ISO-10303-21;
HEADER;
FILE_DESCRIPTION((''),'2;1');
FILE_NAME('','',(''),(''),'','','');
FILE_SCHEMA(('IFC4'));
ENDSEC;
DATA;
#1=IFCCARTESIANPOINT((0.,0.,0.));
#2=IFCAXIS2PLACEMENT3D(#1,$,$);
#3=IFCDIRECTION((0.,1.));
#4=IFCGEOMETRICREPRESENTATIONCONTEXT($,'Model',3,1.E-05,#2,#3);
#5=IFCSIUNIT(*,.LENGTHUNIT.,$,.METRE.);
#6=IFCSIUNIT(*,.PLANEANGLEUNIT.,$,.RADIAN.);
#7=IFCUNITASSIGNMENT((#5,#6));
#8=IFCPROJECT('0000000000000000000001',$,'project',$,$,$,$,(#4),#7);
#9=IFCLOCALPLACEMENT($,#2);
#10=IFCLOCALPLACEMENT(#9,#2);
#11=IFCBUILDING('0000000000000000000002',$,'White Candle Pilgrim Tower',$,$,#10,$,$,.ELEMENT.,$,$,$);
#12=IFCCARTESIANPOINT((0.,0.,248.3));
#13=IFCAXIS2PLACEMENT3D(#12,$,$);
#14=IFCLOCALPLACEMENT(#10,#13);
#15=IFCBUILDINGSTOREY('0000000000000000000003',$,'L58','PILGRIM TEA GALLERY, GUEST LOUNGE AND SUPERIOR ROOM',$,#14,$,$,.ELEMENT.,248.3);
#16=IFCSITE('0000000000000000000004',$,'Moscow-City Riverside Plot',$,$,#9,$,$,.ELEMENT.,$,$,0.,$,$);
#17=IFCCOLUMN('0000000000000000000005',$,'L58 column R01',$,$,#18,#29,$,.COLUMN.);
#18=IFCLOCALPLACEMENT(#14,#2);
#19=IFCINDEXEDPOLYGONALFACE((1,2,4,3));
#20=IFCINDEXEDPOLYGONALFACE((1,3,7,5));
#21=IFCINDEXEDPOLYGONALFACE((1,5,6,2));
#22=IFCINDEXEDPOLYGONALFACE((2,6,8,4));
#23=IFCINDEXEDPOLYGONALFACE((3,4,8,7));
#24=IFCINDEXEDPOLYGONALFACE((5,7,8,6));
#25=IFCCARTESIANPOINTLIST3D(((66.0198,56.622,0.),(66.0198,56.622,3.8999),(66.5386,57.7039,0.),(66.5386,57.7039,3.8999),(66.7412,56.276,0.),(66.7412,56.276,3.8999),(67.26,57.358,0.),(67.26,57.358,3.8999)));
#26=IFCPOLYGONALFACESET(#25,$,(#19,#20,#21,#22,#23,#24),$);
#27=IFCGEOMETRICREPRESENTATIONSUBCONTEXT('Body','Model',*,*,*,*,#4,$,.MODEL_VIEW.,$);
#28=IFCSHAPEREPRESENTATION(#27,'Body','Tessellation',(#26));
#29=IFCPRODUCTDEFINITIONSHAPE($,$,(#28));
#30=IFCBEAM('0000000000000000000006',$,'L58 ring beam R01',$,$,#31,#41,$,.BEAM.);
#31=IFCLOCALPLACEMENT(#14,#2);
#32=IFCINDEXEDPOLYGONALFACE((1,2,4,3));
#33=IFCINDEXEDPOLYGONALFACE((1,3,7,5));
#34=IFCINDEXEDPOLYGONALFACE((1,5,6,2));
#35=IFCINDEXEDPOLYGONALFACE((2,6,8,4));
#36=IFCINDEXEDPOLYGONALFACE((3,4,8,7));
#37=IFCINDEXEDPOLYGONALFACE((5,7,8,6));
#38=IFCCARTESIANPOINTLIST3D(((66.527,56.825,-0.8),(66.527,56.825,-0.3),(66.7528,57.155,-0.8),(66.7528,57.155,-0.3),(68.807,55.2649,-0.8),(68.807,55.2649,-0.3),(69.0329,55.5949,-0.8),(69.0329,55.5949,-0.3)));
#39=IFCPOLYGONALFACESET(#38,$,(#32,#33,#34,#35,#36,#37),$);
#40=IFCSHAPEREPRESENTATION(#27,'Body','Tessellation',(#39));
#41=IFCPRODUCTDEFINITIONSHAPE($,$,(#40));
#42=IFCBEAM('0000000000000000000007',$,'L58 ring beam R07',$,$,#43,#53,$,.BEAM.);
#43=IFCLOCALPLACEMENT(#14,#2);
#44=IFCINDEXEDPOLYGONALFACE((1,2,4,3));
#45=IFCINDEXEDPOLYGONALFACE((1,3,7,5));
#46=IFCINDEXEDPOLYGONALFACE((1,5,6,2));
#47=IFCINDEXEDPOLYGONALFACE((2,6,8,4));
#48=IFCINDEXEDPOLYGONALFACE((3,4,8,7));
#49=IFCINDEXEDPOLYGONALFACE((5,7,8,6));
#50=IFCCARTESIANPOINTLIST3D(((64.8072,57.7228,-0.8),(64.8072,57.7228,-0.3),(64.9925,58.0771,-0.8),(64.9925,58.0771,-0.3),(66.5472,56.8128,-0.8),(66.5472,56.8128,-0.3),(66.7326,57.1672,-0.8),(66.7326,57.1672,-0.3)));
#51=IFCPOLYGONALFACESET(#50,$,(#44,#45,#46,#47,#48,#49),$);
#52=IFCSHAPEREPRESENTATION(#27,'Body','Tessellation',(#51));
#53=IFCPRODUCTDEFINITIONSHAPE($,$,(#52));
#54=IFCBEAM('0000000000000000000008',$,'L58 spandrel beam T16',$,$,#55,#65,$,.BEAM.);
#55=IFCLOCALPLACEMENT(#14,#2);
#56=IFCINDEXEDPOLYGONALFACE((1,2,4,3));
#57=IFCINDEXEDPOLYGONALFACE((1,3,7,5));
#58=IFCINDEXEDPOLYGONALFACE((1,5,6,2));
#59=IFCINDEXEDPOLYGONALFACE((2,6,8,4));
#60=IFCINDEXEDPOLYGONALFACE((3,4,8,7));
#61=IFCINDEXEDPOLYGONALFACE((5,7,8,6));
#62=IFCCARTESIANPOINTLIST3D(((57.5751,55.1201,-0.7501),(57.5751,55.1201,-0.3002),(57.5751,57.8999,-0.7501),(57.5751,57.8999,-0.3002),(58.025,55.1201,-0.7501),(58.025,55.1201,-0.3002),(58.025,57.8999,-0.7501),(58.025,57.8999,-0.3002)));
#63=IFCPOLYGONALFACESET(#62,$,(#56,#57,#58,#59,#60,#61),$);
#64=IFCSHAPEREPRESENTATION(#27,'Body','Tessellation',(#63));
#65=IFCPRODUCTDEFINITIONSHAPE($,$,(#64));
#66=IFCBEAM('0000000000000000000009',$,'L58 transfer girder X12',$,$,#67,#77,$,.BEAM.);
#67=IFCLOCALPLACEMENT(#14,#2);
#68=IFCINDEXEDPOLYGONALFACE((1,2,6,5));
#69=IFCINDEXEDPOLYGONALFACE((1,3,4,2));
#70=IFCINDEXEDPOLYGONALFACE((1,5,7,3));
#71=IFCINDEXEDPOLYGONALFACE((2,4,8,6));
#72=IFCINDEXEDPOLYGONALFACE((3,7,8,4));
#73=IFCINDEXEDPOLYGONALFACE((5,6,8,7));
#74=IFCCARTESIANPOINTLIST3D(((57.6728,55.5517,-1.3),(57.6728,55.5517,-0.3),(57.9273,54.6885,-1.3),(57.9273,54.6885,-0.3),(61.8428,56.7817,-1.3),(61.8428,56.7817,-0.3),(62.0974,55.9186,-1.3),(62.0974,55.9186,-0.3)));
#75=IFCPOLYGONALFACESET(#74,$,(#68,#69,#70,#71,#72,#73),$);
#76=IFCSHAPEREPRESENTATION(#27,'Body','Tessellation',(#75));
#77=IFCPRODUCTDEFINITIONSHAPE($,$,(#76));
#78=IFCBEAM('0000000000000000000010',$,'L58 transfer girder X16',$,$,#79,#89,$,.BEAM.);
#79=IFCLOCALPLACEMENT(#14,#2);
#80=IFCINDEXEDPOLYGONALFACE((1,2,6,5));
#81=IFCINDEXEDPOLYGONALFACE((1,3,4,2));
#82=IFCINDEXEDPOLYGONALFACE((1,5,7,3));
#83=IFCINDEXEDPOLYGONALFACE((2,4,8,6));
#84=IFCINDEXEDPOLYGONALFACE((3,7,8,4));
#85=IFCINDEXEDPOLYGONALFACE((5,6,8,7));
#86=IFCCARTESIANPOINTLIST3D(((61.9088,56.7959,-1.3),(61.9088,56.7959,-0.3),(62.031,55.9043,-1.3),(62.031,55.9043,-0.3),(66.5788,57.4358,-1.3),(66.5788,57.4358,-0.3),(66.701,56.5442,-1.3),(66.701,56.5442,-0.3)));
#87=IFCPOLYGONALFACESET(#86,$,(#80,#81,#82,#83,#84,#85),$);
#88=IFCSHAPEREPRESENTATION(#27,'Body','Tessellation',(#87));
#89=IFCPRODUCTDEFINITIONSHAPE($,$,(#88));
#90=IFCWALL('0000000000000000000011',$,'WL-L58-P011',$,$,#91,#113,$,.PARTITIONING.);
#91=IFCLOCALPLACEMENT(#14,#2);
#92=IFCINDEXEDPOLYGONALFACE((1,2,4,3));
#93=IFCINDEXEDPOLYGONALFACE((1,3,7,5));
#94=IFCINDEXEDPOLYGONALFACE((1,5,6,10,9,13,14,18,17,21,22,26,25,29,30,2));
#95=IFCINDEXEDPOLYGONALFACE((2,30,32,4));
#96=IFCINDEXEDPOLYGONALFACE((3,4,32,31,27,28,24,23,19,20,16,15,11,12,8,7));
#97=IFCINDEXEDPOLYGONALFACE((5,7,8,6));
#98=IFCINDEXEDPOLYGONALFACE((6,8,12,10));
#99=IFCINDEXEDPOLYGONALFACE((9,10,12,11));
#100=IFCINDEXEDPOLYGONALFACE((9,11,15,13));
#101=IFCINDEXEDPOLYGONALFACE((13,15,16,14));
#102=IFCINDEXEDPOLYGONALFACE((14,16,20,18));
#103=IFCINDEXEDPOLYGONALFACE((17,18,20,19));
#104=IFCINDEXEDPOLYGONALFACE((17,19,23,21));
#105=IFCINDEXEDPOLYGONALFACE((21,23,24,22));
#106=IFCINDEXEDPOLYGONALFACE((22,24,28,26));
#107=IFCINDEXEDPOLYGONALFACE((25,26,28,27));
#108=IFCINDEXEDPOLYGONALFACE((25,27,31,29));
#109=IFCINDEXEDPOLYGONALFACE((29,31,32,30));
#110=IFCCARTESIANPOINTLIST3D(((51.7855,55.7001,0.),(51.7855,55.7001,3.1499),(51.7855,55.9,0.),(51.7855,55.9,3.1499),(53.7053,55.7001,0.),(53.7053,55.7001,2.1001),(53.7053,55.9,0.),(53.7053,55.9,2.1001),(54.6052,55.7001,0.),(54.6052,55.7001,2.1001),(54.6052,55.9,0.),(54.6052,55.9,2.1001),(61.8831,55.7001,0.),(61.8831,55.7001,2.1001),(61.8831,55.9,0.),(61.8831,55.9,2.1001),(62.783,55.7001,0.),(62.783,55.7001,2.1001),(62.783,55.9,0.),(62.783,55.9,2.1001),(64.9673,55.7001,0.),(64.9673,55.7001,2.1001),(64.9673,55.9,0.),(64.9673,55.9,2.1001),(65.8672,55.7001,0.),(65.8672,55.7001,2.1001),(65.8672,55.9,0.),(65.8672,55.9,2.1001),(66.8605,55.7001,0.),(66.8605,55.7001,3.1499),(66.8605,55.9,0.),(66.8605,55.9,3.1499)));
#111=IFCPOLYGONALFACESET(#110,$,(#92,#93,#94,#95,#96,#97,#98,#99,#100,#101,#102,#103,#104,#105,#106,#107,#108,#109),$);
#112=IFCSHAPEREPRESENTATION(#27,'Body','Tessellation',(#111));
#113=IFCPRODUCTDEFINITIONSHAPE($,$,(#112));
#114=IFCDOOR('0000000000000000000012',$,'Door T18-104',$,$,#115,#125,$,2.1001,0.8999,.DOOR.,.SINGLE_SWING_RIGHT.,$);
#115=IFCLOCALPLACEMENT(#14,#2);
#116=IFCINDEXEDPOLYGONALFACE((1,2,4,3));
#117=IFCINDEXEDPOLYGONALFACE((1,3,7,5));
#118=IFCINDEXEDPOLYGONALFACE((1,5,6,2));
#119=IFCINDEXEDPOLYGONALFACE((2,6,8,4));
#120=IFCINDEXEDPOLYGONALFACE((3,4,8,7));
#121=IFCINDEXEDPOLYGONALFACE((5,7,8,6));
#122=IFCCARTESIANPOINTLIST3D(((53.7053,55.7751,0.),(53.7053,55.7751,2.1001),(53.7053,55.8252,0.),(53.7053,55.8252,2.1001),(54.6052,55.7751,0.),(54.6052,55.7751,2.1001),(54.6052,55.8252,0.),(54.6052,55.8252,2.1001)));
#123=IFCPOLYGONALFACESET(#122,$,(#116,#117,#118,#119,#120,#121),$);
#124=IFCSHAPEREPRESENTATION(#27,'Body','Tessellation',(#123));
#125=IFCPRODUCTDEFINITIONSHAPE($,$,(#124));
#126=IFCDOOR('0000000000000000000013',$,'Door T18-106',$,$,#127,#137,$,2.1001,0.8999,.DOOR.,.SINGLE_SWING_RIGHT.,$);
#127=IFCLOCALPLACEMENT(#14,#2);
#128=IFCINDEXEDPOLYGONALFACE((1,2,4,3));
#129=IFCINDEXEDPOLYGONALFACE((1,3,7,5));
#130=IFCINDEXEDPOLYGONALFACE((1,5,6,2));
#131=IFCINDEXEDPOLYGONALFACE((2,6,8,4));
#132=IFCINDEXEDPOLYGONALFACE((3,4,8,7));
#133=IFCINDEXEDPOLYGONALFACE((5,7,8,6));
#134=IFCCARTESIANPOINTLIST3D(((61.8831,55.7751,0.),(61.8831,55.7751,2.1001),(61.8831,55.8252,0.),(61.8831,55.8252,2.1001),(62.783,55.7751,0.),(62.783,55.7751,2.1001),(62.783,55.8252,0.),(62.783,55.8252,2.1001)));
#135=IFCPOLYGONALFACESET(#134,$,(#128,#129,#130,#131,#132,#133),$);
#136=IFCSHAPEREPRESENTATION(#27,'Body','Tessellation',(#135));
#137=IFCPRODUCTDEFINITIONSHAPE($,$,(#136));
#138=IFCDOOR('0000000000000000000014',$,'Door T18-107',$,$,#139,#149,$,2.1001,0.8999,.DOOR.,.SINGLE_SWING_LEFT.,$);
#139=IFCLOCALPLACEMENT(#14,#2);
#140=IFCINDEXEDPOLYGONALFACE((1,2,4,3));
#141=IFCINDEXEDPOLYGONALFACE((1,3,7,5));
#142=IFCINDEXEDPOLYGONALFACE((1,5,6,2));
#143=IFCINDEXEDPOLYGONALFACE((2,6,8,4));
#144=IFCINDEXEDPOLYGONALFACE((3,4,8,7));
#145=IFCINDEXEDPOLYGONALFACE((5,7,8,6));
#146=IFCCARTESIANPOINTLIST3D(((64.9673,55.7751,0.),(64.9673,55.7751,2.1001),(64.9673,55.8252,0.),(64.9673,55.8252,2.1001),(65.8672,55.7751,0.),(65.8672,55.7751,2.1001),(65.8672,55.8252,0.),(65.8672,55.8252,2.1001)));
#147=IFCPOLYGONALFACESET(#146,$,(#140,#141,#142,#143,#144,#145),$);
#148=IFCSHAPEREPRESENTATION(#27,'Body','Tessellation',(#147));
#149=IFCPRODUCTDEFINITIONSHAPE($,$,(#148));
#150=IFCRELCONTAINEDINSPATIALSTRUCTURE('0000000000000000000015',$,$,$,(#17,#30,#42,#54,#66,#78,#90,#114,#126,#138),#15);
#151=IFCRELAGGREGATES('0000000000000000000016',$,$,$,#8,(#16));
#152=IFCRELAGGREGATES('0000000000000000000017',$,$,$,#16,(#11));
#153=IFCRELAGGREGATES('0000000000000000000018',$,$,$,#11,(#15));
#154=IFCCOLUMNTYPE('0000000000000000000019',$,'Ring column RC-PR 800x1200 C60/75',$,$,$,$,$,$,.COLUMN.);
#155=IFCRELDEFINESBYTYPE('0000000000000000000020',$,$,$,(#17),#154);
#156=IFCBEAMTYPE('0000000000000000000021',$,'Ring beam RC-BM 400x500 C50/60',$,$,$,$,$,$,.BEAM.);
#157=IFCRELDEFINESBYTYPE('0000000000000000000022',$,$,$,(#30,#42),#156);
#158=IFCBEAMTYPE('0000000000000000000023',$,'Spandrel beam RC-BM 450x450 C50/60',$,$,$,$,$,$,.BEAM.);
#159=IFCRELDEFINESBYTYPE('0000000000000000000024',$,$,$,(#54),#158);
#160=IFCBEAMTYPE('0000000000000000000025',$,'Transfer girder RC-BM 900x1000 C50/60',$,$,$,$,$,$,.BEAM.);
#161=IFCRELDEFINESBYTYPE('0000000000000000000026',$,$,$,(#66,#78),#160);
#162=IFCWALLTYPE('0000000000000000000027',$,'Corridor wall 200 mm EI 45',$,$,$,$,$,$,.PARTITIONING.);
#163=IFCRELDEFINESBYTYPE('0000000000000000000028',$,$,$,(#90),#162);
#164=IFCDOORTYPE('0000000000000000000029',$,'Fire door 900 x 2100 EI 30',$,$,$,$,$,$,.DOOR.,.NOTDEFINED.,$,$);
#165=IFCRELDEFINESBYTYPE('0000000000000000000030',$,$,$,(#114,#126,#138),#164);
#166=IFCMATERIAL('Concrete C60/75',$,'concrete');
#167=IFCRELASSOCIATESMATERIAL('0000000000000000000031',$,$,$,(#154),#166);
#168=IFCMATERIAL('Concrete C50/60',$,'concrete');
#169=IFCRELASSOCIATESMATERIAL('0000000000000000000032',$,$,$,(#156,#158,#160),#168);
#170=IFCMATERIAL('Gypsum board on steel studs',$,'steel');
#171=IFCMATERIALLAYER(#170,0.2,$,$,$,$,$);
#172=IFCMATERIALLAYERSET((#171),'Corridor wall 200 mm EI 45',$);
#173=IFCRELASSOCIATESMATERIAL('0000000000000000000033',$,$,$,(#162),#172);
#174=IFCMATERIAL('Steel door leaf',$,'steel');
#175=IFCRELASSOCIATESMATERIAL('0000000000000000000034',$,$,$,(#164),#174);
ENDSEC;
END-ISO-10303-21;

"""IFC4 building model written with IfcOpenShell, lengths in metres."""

from ifc_helpers import new_model, si_unit, direction, frame, frame_2d, origin, origin_2d, place, context, subcontext, project, spatial, rectangle, extrude, material, layer, layer_set, material_profile, profile_set, type_object, element, fill, save


model = new_model("IFC4")

# Units and contexts
model_context = context("Model", 3, precision=1e-05, world=origin(), true_north=direction((0.0, 1.0)))
body_context = subcontext(model_context, "Body", "Model", "MODEL_VIEW")
ifc_project = project(units=[si_unit("LENGTHUNIT", "METRE"), si_unit("PLANEANGLEUNIT", "RADIAN")], contexts=[model_context])

# Site, building, storey
site_placement = place(None, origin())
site = spatial("IfcSite", under=ifc_project, at=site_placement, Name="Moscow-City Riverside Plot", CompositionType="ELEMENT", RefElevation=0.0)
building_placement = place(site_placement, origin())
building = spatial("IfcBuilding", under=site, at=building_placement, Name="White Candle Pilgrim Tower", CompositionType="ELEMENT")
storey_placement = place(building_placement, frame((0.0, 0.0, 248.3)))
storey = spatial("IfcBuildingStorey", under=building, at=storey_placement, Name="L58", Description="PILGRIM TEA GALLERY, GUEST LOUNGE AND SUPERIOR ROOM", CompositionType="ELEMENT", Elevation=248.3)

# Column
ifc_material_1 = material(Name="Concrete C60/75", Category="concrete")
ifc_material_profile_1 = material_profile(ifc_material_1, rectangle(XDim=0.8, YDim=1.2, at=origin_2d()), Name="RC-PR 800x1200")
ifc_profile_set_1 = profile_set([ifc_material_profile_1], Name="Concrete C60/75")
column_type = type_object("IfcColumnType", Name="Ring column RC-PR 800x1200 C60/75", PredefinedType="COLUMN", material=ifc_profile_set_1)
column_placement = place(storey_placement, frame((66.6399, 56.99, 0.0), z_axis=(0.0, 0.0, 1.0), x_axis=(-0.901689, 0.432385, 0.0)))
element("IfcColumn", 1, at=column_placement, inside=storey, type_object=column_type, Name="L58 column R01", PredefinedType="COLUMN", context=body_context, shape_type="SweptSolid", body=[
    extrude(rectangle(XDim=0.8, YDim=1.2, at=origin_2d()), origin(), (0.0, 0.0, 1.0), 3.8999),
])

# Beams
ifc_material_2 = material(Name="Concrete C50/60", Category="concrete")
ifc_material_profile_2 = material_profile(ifc_material_2, rectangle(XDim=0.3999, YDim=0.5, at=origin_2d()), Name="RC-BM 400x500")
ifc_profile_set_2 = profile_set([ifc_material_profile_2], Name="Concrete C50/60")
beam_type_1 = type_object("IfcBeamType", Name="Ring beam RC-BM 400x500 C50/60", PredefinedType="BEAM", material=ifc_profile_set_2)
beam_1_placement = place(storey_placement, frame((66.6399, 56.99, -0.55), z_axis=(0.825301, -0.564693, 0.0), x_axis=(0.564693, 0.825301, 0.0)))
element("IfcBeam", 2, at=beam_1_placement, inside=storey, type_object=beam_type_1, Name="L58 ring beam R01", PredefinedType="BEAM", context=body_context, shape_type="SweptSolid", body=[
    extrude(rectangle(XDim=0.3999, YDim=0.5, at=origin_2d()), origin(), (0.0, 0.0, 1.0), 2.7627),
])
beam_2_placement = place(storey_placement, frame((66.6399, 56.99, -0.55), z_axis=(-0.886148, 0.463403, 0.0), x_axis=(-0.463403, -0.886148, 0.0)))
element("IfcBeam", 3, at=beam_2_placement, inside=storey, type_object=beam_type_1, Name="L58 ring beam R07", PredefinedType="BEAM", context=body_context, shape_type="SweptSolid", body=[
    extrude(rectangle(XDim=0.3999, YDim=0.5, at=origin_2d()), origin(), (0.0, 0.0, 1.0), 1.9636),
])
ifc_material_profile_3 = material_profile(ifc_material_2, rectangle(XDim=0.45, YDim=0.45, at=origin_2d()), Name="RC-BM 450x450")
ifc_profile_set_3 = profile_set([ifc_material_profile_3], Name="Concrete C50/60")
beam_type_2 = type_object("IfcBeamType", Name="Spandrel beam RC-BM 450x450 C50/60", PredefinedType="BEAM", material=ifc_profile_set_3)
beam_3_placement = place(storey_placement, frame((57.8, 55.1201, -0.5251), z_axis=(0.0, 1.0, 0.0), x_axis=(-1.0, 0.0, 0.0)))
element("IfcBeam", 4, at=beam_3_placement, inside=storey, type_object=beam_type_2, Name="L58 spandrel beam T16", PredefinedType="BEAM", context=body_context, shape_type="SweptSolid", body=[
    extrude(rectangle(XDim=0.45, YDim=0.45, at=origin_2d()), origin(), (0.0, 0.0, 1.0), 2.7798),
])
ifc_material_profile_4 = material_profile(ifc_material_2, rectangle(XDim=0.8999, YDim=1.0, at=origin_2d()), Name="RC-BM 900x1000")
ifc_profile_set_4 = profile_set([ifc_material_profile_4], Name="Concrete C50/60")
beam_type_3 = type_object("IfcBeamType", Name="Transfer girder RC-BM 900x1000 C50/60", PredefinedType="BEAM", material=ifc_profile_set_4)
beam_4_placement = place(storey_placement, frame((57.8, 55.1201, -0.8), z_axis=(0.959145, 0.282914, 0.0), x_axis=(-0.282914, 0.959145, 0.0)))
element("IfcBeam", 5, at=beam_4_placement, inside=storey, type_object=beam_type_3, Name="L58 transfer girder X12", PredefinedType="BEAM", context=body_context, shape_type="SweptSolid", body=[
    extrude(rectangle(XDim=0.8999, YDim=1.0, at=origin_2d()), origin(), (0.0, 0.0, 1.0), 4.3477),
])
beam_5_placement = place(storey_placement, frame((66.6399, 56.99, -0.8), z_axis=(-0.990742, -0.135756, 0.0), x_axis=(0.135756, -0.990742, 0.0)))
element("IfcBeam", 6, at=beam_5_placement, inside=storey, type_object=beam_type_3, Name="L58 transfer girder X16", PredefinedType="BEAM", context=body_context, shape_type="SweptSolid", body=[
    extrude(rectangle(XDim=0.8999, YDim=1.0, at=origin_2d()), origin(), (0.0, 0.0, 1.0), 4.7136),
])

# Wall, openings, doors
ifc_material_3 = material(Name="Gypsum board on steel studs", Category="steel")
ifc_layer_1 = layer(ifc_material_3, 0.2)
ifc_layer_set_1 = layer_set([ifc_layer_1], Name="Corridor wall 200 mm EI 45")
wall_type_1 = type_object("IfcWallType", Name="Corridor wall 200 mm EI 45", PredefinedType="PARTITIONING", material=ifc_layer_set_1)
wall_1_placement = place(storey_placement, frame((66.8606, 55.8, 0.0), z_axis=(0.0, 0.0, 1.0), x_axis=(-1.0, 0.0, 0.0)))
wall_1 = element("IfcWall", 7, at=wall_1_placement, inside=storey, type_object=wall_type_1, Name="WL-L58-P011", PredefinedType="PARTITIONING", context=body_context, shape_type="SweptSolid", body=[
    extrude(rectangle(XDim=15.075, YDim=0.2, at=frame_2d((7.5376, 0.0))), origin(), (0.0, 0.0, 1.0), 3.1499),
])
opening_1_placement = place(wall_1_placement, frame((12.2554, 0.0, 0.0)))
opening_1 = element("IfcOpeningElement", 8, at=opening_1_placement, cuts=wall_1, PredefinedType="OPENING", context=body_context, shape_type="SweptSolid", body=[
    extrude(rectangle(XDim=0.8999, YDim=2.1001, at=frame_2d((0.45, 1.05))), frame((0.0, 0.1099, 0.0), z_axis=(0.0, -1.0, 0.0), x_axis=(1.0, 0.0, 0.0)), (0.0, 0.0, 1.0), 0.22),
])
opening_2_placement = place(wall_1_placement, frame((4.0776, 0.0, 0.0)))
opening_2 = element("IfcOpeningElement", 9, at=opening_2_placement, cuts=wall_1, PredefinedType="OPENING", context=body_context, shape_type="SweptSolid", body=[
    extrude(rectangle(XDim=0.8999, YDim=2.1001, at=frame_2d((0.45, 1.05))), frame((0.0, 0.1099, 0.0), z_axis=(0.0, -1.0, 0.0), x_axis=(1.0, 0.0, 0.0)), (0.0, 0.0, 1.0), 0.22),
])
opening_3_placement = place(wall_1_placement, frame((0.9934, 0.0, 0.0)))
opening_3 = element("IfcOpeningElement", 10, at=opening_3_placement, cuts=wall_1, PredefinedType="OPENING", context=body_context, shape_type="SweptSolid", body=[
    extrude(rectangle(XDim=0.8999, YDim=2.1001, at=frame_2d((0.45, 1.05))), frame((0.0, 0.1099, 0.0), z_axis=(0.0, -1.0, 0.0), x_axis=(1.0, 0.0, 0.0)), (0.0, 0.0, 1.0), 0.22),
])
ifc_material_4 = material(Name="Steel door leaf", Category="steel")
door_type_1 = type_object("IfcDoorType", Name="Fire door 900 x 2100 EI 30", OperationType="NOTDEFINED", PredefinedType="DOOR", material=ifc_material_4)
door_1_placement = place(opening_1_placement, origin())
door_1 = element("IfcDoor", 11, at=door_1_placement, inside=storey, type_object=door_type_1, Name="Door T18-104", OperationType="SINGLE_SWING_RIGHT", OverallHeight=2.1001, OverallWidth=0.8999, PredefinedType="DOOR", context=body_context, shape_type="SweptSolid", body=[
    extrude(rectangle(XDim=0.8999, YDim=2.1001, at=frame_2d((0.45, 1.05))), frame((0.0, 0.0249, 0.0), z_axis=(0.0, -1.0, 0.0), x_axis=(1.0, 0.0, 0.0)), (0.0, 0.0, 1.0), 0.05),
])
fill(opening_1, door_1)
door_2_placement = place(opening_2_placement, origin())
door_2 = element("IfcDoor", 12, at=door_2_placement, inside=storey, type_object=door_type_1, Name="Door T18-106", OperationType="SINGLE_SWING_RIGHT", OverallHeight=2.1001, OverallWidth=0.8999, PredefinedType="DOOR", context=body_context, shape_type="SweptSolid", body=[
    extrude(rectangle(XDim=0.8999, YDim=2.1001, at=frame_2d((0.45, 1.05))), frame((0.0, 0.0249, 0.0), z_axis=(0.0, -1.0, 0.0), x_axis=(1.0, 0.0, 0.0)), (0.0, 0.0, 1.0), 0.05),
])
fill(opening_2, door_2)
door_3_placement = place(opening_3_placement, origin())
door_3 = element("IfcDoor", 13, at=door_3_placement, inside=storey, type_object=door_type_1, Name="Door T18-107", OperationType="SINGLE_SWING_LEFT", OverallHeight=2.1001, OverallWidth=0.8999, PredefinedType="DOOR", context=body_context, shape_type="SweptSolid", body=[
    extrude(rectangle(XDim=0.8999, YDim=2.1001, at=frame_2d((0.45, 1.05))), frame((0.0, 0.0249, 0.0), z_axis=(0.0, -1.0, 0.0), x_axis=(1.0, 0.0, 0.0)), (0.0, 0.0, 1.0), 0.05),
])
fill(opening_3, door_3)

save(model, "model.ifc")
